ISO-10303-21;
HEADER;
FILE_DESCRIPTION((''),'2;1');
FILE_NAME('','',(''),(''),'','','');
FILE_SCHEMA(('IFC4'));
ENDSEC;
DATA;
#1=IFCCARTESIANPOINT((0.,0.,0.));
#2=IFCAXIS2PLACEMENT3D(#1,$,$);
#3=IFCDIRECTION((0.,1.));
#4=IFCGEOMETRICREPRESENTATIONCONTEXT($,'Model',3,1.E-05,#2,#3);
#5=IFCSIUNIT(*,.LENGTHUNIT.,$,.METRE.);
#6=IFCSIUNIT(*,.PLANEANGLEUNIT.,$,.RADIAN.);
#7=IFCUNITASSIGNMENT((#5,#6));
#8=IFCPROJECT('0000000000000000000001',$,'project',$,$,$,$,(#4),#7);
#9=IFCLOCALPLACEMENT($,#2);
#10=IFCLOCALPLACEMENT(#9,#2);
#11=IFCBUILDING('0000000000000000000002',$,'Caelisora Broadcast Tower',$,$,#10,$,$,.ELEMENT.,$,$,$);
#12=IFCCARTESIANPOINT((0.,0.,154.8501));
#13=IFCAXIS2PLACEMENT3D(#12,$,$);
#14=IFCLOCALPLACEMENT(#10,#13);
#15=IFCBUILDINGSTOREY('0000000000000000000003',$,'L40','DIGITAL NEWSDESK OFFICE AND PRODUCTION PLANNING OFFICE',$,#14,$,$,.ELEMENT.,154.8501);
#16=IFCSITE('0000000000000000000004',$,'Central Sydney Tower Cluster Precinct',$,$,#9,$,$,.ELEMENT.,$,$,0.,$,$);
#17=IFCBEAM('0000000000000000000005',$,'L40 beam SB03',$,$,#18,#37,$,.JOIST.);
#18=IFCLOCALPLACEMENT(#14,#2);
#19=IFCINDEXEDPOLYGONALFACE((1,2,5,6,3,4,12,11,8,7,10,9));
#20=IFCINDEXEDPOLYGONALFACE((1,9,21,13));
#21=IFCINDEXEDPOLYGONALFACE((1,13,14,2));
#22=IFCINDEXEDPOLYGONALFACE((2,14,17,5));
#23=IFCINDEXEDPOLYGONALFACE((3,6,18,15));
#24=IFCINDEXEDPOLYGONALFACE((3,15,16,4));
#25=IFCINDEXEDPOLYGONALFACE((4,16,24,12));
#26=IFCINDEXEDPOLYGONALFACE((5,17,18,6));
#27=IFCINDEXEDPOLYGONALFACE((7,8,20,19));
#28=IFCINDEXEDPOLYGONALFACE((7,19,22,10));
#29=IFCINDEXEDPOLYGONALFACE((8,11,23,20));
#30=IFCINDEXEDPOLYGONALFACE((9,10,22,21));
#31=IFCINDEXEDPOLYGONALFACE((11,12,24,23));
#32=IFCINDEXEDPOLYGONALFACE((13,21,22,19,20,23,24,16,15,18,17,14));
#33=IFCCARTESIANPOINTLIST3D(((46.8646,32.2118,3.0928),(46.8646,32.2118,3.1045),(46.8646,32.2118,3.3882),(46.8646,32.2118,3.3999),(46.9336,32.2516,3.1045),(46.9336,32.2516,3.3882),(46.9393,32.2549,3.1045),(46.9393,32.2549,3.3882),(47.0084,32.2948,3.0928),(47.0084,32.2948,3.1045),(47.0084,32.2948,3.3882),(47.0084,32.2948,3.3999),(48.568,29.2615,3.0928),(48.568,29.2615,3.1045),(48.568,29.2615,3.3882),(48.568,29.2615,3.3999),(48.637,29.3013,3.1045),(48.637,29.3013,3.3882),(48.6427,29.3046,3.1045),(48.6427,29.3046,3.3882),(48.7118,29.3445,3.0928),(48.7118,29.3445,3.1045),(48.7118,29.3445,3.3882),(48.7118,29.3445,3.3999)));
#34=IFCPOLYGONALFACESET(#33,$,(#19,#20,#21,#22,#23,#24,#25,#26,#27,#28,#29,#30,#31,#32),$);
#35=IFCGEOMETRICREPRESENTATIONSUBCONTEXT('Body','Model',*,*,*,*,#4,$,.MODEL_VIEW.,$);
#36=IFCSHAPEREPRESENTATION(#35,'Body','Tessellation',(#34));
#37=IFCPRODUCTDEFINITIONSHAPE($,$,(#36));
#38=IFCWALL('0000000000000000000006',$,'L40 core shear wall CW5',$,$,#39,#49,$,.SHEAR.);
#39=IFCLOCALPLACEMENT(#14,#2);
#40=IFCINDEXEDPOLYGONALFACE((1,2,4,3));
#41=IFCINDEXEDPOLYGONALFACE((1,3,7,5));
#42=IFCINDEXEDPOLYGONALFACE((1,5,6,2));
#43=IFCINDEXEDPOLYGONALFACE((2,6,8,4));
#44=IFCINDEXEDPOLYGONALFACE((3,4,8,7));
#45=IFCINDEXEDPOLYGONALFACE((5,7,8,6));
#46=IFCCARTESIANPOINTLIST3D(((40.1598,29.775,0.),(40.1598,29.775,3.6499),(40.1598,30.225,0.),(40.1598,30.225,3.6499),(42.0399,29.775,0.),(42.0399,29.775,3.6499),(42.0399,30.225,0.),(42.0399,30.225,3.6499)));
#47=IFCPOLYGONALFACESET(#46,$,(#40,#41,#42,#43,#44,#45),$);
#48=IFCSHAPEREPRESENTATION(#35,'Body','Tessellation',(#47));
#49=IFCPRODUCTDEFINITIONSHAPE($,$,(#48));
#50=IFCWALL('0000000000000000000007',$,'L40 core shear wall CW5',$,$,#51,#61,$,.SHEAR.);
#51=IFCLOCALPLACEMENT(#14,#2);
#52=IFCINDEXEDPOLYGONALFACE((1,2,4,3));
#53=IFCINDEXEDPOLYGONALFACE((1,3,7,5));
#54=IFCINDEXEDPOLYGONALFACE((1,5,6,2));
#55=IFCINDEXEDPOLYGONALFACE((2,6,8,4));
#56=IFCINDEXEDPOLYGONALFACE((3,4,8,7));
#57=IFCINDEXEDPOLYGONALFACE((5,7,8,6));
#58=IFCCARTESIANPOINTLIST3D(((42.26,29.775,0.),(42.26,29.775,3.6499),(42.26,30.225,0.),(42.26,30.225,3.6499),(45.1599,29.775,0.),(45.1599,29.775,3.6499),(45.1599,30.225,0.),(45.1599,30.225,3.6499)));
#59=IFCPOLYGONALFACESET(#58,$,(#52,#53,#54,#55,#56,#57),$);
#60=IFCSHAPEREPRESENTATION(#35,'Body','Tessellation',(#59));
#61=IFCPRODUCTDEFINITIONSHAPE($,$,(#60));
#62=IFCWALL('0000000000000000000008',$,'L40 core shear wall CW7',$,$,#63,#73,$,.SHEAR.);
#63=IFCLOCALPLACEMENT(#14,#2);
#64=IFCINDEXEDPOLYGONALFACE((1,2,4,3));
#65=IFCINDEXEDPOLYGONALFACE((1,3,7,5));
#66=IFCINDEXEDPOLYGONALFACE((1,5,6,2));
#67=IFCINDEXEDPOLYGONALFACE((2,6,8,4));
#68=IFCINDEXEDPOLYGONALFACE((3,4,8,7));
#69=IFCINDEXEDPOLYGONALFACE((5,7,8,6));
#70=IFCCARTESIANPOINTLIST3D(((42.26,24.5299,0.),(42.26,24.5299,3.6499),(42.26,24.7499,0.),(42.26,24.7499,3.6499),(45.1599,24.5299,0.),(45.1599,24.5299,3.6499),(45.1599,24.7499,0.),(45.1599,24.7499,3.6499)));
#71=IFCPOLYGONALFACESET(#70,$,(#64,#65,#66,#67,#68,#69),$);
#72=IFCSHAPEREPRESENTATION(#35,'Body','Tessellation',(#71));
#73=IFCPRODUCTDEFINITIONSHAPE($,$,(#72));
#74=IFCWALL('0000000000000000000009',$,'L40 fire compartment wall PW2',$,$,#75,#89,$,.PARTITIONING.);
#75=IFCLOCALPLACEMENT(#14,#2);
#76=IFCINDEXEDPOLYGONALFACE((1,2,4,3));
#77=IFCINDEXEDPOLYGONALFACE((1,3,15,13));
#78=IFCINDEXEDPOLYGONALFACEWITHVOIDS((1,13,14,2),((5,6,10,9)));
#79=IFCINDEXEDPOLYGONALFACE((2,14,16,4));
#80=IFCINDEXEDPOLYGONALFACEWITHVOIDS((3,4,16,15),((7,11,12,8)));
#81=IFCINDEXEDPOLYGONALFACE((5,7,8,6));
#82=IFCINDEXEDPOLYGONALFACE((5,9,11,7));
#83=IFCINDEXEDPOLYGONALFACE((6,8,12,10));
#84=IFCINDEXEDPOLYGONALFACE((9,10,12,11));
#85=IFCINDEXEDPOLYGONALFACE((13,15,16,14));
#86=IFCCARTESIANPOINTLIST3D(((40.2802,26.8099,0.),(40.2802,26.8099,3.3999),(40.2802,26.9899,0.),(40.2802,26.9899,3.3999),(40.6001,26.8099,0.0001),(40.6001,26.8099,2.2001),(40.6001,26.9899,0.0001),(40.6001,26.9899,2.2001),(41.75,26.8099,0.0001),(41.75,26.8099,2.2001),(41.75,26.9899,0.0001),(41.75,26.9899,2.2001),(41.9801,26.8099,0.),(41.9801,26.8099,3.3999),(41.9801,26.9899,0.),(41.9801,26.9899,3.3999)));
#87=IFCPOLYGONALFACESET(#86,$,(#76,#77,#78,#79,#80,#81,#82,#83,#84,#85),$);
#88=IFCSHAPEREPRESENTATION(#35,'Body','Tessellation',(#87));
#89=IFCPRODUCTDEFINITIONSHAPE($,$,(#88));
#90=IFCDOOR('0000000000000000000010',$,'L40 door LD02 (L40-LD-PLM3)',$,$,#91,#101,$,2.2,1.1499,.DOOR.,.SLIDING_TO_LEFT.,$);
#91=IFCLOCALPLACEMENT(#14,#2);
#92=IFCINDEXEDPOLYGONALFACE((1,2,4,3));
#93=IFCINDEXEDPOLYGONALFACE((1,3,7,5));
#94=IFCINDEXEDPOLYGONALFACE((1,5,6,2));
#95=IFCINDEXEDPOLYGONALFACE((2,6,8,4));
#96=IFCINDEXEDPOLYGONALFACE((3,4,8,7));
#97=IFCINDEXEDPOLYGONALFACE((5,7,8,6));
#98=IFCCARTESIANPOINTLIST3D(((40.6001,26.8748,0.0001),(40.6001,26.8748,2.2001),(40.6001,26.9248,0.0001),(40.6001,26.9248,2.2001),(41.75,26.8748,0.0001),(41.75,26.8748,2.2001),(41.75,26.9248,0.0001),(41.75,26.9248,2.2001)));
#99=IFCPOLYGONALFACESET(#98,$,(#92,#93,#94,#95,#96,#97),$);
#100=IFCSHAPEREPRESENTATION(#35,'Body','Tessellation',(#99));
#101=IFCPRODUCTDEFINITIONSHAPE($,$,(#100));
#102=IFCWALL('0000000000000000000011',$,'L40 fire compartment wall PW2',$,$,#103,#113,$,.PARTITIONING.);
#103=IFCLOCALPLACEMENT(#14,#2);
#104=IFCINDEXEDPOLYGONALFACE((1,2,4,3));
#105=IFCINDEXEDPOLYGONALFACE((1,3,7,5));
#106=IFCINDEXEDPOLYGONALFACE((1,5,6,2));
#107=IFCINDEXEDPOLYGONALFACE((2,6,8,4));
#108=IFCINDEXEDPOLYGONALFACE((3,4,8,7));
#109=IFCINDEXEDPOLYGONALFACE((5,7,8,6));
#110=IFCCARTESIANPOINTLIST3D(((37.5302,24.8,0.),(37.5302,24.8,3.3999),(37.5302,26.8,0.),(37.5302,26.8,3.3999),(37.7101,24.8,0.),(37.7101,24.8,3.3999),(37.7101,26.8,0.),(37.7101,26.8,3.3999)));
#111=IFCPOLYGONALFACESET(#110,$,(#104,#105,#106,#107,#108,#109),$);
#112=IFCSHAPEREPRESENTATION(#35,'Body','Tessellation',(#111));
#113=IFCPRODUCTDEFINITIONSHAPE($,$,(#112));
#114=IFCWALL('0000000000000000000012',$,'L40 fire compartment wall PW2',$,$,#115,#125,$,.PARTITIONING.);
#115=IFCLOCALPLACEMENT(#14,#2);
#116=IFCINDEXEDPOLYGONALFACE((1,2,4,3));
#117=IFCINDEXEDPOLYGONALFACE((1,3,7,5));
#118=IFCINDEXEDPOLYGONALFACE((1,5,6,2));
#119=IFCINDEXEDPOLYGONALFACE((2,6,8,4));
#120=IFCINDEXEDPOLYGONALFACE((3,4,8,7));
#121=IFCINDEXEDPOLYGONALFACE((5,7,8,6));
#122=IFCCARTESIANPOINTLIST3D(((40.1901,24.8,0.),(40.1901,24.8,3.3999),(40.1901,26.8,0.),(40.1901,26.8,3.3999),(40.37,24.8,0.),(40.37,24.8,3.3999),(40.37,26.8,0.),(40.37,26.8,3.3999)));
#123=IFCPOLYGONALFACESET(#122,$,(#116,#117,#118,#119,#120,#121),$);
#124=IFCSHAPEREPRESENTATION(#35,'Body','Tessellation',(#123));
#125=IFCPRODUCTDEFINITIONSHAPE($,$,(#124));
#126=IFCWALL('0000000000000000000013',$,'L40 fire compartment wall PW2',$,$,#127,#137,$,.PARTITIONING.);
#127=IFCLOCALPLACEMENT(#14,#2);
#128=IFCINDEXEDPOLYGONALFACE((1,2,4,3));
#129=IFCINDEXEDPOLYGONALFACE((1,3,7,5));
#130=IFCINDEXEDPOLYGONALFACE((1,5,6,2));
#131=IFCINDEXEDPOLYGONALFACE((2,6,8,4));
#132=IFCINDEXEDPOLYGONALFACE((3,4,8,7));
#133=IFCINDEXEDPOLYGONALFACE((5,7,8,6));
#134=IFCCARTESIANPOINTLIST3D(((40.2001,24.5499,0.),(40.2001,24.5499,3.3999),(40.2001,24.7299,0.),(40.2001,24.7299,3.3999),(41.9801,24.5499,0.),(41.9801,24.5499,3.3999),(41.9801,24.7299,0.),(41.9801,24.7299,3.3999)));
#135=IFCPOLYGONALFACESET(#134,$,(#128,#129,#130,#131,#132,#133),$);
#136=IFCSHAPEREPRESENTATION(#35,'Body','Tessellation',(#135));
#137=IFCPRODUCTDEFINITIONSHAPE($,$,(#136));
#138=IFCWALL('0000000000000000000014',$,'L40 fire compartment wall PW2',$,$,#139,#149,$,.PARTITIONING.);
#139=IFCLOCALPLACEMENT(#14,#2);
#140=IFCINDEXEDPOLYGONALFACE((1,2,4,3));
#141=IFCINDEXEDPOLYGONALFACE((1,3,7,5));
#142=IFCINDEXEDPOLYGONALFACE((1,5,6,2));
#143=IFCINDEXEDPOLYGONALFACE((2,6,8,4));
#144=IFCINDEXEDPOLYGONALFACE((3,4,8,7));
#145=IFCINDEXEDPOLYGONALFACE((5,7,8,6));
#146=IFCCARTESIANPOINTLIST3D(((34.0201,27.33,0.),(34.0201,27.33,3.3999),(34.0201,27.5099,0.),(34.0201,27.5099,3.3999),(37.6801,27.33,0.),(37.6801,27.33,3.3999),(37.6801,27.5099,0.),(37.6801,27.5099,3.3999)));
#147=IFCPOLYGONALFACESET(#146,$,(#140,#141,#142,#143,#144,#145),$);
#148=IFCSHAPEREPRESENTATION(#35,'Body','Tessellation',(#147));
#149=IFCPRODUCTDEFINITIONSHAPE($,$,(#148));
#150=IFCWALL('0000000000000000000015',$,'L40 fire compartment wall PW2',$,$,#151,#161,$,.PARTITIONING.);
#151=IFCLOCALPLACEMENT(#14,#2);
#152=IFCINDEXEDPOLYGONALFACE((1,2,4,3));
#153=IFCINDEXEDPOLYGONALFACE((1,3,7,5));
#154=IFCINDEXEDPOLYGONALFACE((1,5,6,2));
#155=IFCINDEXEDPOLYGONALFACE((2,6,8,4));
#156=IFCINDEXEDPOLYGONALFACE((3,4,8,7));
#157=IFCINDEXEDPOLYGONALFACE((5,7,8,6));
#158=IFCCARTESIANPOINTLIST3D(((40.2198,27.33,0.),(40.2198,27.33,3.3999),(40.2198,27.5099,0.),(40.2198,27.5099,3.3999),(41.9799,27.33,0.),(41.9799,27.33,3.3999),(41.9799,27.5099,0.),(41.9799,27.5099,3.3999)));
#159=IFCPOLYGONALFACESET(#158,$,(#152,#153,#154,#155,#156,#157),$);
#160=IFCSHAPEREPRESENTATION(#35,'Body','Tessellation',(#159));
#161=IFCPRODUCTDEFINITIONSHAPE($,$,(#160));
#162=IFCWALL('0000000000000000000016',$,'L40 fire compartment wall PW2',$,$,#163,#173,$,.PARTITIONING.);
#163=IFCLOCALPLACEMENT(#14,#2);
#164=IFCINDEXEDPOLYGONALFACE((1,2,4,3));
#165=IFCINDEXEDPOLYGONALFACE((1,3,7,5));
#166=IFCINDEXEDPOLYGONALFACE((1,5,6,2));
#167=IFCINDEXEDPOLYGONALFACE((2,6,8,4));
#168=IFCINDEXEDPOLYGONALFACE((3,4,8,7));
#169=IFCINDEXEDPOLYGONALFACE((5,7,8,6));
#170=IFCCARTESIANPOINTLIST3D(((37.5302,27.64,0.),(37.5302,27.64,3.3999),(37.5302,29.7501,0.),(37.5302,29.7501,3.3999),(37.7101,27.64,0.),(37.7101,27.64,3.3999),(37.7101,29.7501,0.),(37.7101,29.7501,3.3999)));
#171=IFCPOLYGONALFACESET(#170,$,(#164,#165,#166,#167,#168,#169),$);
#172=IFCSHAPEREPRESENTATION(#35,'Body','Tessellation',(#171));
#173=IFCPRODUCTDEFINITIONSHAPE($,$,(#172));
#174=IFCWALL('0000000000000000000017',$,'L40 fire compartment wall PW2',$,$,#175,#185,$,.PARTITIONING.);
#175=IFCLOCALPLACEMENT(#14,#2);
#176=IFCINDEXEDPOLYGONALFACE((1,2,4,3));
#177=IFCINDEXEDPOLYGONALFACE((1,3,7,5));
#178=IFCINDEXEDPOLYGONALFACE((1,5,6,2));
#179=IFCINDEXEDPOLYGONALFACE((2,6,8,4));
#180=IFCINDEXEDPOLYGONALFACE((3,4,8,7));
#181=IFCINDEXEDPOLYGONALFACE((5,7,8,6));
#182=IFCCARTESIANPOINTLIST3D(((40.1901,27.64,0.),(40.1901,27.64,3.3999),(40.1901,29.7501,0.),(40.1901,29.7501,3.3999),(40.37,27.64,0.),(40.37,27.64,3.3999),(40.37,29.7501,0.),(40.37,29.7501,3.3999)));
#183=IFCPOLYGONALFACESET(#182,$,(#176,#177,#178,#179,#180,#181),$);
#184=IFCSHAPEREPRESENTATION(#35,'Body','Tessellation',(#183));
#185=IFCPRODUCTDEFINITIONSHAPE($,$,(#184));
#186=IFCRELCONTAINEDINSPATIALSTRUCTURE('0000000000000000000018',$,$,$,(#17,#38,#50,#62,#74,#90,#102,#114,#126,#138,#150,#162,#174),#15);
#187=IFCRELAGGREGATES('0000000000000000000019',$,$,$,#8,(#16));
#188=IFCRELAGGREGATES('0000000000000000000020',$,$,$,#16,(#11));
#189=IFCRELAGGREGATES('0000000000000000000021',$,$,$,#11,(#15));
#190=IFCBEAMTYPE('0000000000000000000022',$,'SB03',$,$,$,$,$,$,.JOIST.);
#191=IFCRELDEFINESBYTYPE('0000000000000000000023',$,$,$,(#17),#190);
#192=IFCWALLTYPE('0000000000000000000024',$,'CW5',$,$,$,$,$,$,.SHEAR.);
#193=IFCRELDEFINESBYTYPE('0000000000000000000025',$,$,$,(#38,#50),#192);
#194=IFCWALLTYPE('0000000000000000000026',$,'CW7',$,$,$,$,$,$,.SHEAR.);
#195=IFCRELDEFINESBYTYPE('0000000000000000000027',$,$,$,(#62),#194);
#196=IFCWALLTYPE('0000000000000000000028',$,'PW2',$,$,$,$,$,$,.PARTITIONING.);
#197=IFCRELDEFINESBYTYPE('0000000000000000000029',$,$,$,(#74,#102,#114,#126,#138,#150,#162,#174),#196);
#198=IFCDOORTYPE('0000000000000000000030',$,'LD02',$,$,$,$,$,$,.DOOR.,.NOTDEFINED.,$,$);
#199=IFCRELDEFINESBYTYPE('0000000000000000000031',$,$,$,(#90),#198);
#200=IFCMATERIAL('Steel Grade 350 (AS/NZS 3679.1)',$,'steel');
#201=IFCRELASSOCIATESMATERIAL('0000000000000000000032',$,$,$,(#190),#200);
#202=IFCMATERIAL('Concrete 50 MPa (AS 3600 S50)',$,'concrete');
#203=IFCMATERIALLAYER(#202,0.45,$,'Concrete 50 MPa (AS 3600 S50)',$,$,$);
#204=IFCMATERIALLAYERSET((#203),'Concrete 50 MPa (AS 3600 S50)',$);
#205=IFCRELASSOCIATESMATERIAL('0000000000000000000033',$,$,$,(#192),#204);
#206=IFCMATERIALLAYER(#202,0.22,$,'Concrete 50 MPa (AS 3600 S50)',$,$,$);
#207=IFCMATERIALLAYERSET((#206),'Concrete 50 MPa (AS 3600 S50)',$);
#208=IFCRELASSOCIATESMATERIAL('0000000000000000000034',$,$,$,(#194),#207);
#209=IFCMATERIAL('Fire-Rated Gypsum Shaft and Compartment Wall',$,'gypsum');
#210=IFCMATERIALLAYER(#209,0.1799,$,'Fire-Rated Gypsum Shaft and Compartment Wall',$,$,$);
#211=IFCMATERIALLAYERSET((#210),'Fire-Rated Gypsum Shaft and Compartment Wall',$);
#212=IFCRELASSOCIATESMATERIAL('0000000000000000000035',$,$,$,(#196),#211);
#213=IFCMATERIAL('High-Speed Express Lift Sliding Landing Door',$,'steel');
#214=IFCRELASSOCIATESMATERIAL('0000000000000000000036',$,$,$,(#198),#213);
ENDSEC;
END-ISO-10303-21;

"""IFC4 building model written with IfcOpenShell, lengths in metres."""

from ifc_helpers import new_model, si_unit, direction, frame, frame_2d, origin, origin_2d, place, context, subcontext, project, spatial, rectangle, i_section, extrude, source, transform, mapped, material, layer, layer_set, material_profile, profile_set, type_object, type_shapes, element, fill, save


model = new_model("IFC4")

# Units and contexts
model_context = context("Model", 3, precision=1e-05, world=origin(), true_north=direction((0.0, 1.0)))
body_context = subcontext(model_context, "Body", "Model", "MODEL_VIEW")
ifc_project = project(units=[si_unit("LENGTHUNIT", "METRE"), si_unit("PLANEANGLEUNIT", "RADIAN")], contexts=[model_context])

# Site, building, storey
site_placement = place(None, origin())
site = spatial("IfcSite", under=ifc_project, at=site_placement, Name="Central Sydney Tower Cluster Precinct", CompositionType="ELEMENT", RefElevation=0.0)
building_placement = place(site_placement, origin())
building = spatial("IfcBuilding", under=site, at=building_placement, Name="Caelisora Broadcast Tower", CompositionType="ELEMENT")
storey_placement = place(building_placement, frame((0.0, 0.0, 154.8501)))
storey = spatial("IfcBuildingStorey", under=building, at=storey_placement, Name="L40", Description="DIGITAL NEWSDESK OFFICE AND PRODUCTION PLANNING OFFICE", CompositionType="ELEMENT", Elevation=154.8501)

# Beam
ifc_material_1 = material(Name="Concrete 50 MPa (AS 3600 S50)", Category="concrete")
ifc_material_2 = material(Name="Steel Grade 350 (AS/NZS 3679.1)", Category="steel")
ifc_material_profile_1 = material_profile(ifc_material_2, i_section(OverallWidth=0.166, OverallDepth=0.3071, WebThickness=0.0066, FlangeThickness=0.0117, at=origin_2d()), Name="Steel Grade 350 (AS/NZS 3679.1)")
ifc_profile_set_1 = profile_set([ifc_material_profile_1], Name="Steel Grade 350 (AS/NZS 3679.1)")
beam_type_1 = type_object("IfcBeamType", Name="SB03", PredefinedType="JOIST", material=ifc_profile_set_1)
shared_shape_1 = source(origin(), body_context, "Body", "SweptSolid", [
    extrude(i_section(OverallWidth=0.166, OverallDepth=0.3071, WebThickness=0.0066, FlangeThickness=0.0117, at=origin_2d()), origin(), (0.0, 0.0, 1.0), 3.4067),
])
type_shapes(beam_type_1, [shared_shape_1])
beam_1_placement = place(storey_placement, frame((48.6399, 29.303, 3.2463), z_axis=(-0.500016, 0.866016, 0.0), x_axis=(-0.866016, -0.500016, 0.0)))
element("IfcBeam", 1, at=beam_1_placement, inside=storey, type_object=beam_type_1, Name="L40 beam SB03", PredefinedType="JOIST", context=body_context, shape_type="MappedRepresentation", body=[
    mapped(shared_shape_1, transform((0.0, 0.0, 0.0), scale=1.0)),
])

# Walls
ifc_layer_1 = layer(ifc_material_1, 0.45, Name="Concrete 50 MPa (AS 3600 S50)")
ifc_layer_set_1 = layer_set([ifc_layer_1], Name="Concrete 50 MPa (AS 3600 S50)")
wall_type_1 = type_object("IfcWallType", Name="CW5", PredefinedType="SHEAR", material=ifc_layer_set_1)
wall_1_placement = place(storey_placement, frame((40.1599, 30.0, 0.0), z_axis=(0.0, 0.0, 1.0), x_axis=(1.0, 0.0, 0.0)))
element("IfcWall", 2, at=wall_1_placement, inside=storey, type_object=wall_type_1, Name="L40 core shear wall CW5", PredefinedType="SHEAR", context=body_context, shape_type="SweptSolid", body=[
    extrude(rectangle(XDim=1.8801, YDim=0.45, at=frame_2d((0.9399, 0.0))), origin(), (0.0, 0.0, 1.0), 3.6499),
])
wall_2_placement = place(storey_placement, frame((42.26, 30.0, 0.0), z_axis=(0.0, 0.0, 1.0), x_axis=(1.0, 0.0, 0.0)))
element("IfcWall", 3, at=wall_2_placement, inside=storey, type_object=wall_type_1, Name="L40 core shear wall CW5", PredefinedType="SHEAR", context=body_context, shape_type="SweptSolid", body=[
    extrude(rectangle(XDim=2.8999, YDim=0.45, at=frame_2d((1.45, 0.0))), origin(), (0.0, 0.0, 1.0), 3.6499),
])
ifc_layer_2 = layer(ifc_material_1, 0.22, Name="Concrete 50 MPa (AS 3600 S50)")
ifc_layer_set_2 = layer_set([ifc_layer_2], Name="Concrete 50 MPa (AS 3600 S50)")
wall_type_2 = type_object("IfcWallType", Name="CW7", PredefinedType="SHEAR", material=ifc_layer_set_2)
wall_3_placement = place(storey_placement, frame((42.26, 24.6399, 0.0), z_axis=(0.0, 0.0, 1.0), x_axis=(1.0, 0.0, 0.0)))
element("IfcWall", 4, at=wall_3_placement, inside=storey, type_object=wall_type_2, Name="L40 core shear wall CW7", PredefinedType="SHEAR", context=body_context, shape_type="SweptSolid", body=[
    extrude(rectangle(XDim=2.8999, YDim=0.22, at=frame_2d((1.45, 0.0))), origin(), (0.0, 0.0, 1.0), 3.6499),
])

# Wall, opening, door
ifc_material_3 = material(Name="Fire-Rated Gypsum Shaft and Compartment Wall", Category="gypsum")
ifc_layer_3 = layer(ifc_material_3, 0.1799, Name="Fire-Rated Gypsum Shaft and Compartment Wall")
ifc_layer_set_3 = layer_set([ifc_layer_3], Name="Fire-Rated Gypsum Shaft and Compartment Wall")
wall_type_3 = type_object("IfcWallType", Name="PW2", PredefinedType="PARTITIONING", material=ifc_layer_set_3)
wall_4_placement = place(storey_placement, frame((40.28, 26.8999, 0.0), z_axis=(0.0, 0.0, 1.0), x_axis=(1.0, 0.0, 0.0)))
wall_4 = element("IfcWall", 5, at=wall_4_placement, inside=storey, type_object=wall_type_3, Name="L40 fire compartment wall PW2", PredefinedType="PARTITIONING", context=body_context, shape_type="SweptSolid", body=[
    extrude(rectangle(XDim=1.7, YDim=0.1799, at=frame_2d((0.8501, 0.0))), origin(), (0.0, 0.0, 1.0), 3.3999),
])
opening_placement = place(wall_4_placement, frame((0.3201, 0.0, 0.0)))
opening = element("IfcOpeningElement", 6, at=opening_placement, cuts=wall_4, PredefinedType="OPENING", context=body_context, shape_type="SweptSolid", body=[
    extrude(rectangle(XDim=1.1499, YDim=2.2, at=frame_2d((0.575, 1.1001))), frame((0.0, 0.1021, 0.0), z_axis=(0.0, -1.0, 0.0), x_axis=(1.0, 0.0, 0.0)), (0.0, 0.0, 1.0), 0.2039),
])
ifc_material_4 = material(Name="High-Speed Express Lift Sliding Landing Door", Category="steel")
door_type = type_object("IfcDoorType", Name="LD02", OperationType="NOTDEFINED", PredefinedType="DOOR", material=ifc_material_4)
door_placement = place(opening_placement, origin())
door = element("IfcDoor", 7, at=door_placement, inside=storey, type_object=door_type, Name="L40 door LD02 (L40-LD-PLM3)", OperationType="SLIDING_TO_LEFT", OverallHeight=2.2, OverallWidth=1.1499, PredefinedType="DOOR", context=body_context, shape_type="SweptSolid", body=[
    extrude(rectangle(XDim=1.1499, YDim=2.2, at=frame_2d((0.575, 1.1001))), frame((0.0, 0.0249, 0.0), z_axis=(0.0, -1.0, 0.0), x_axis=(1.0, 0.0, 0.0)), (0.0, 0.0, 1.0), 0.05),
])
fill(opening, door)

# Walls
for number, where, z_axis, x_axis, name in (
    (8, (37.6201, 24.8, 0.0), (0.0, 0.0, 1.0), (0.0, 1.0, 0.0), "L40 fire compartment wall PW2"),
    (9, (40.28, 24.8, 0.0), (0.0, 0.0, 1.0), (0.0, 1.0, 0.0), "L40 fire compartment wall PW2"),
):
    element("IfcWall", number, at=place(storey_placement, frame(where, z_axis=z_axis, x_axis=x_axis)), inside=storey, type_object=wall_type_3, Name=name, PredefinedType="PARTITIONING", context=body_context, shape_type="SweptSolid", body=[
        extrude(rectangle(XDim=2.0, YDim=0.1799, at=frame_2d((1.0, 0.0))), origin(), (0.0, 0.0, 1.0), 3.3999),
    ])
wall_5_placement = place(storey_placement, frame((40.2, 24.6399, 0.0), z_axis=(0.0, 0.0, 1.0), x_axis=(1.0, 0.0, 0.0)))
element("IfcWall", 10, at=wall_5_placement, inside=storey, type_object=wall_type_3, Name="L40 fire compartment wall PW2", PredefinedType="PARTITIONING", context=body_context, shape_type="SweptSolid", body=[
    extrude(rectangle(XDim=1.78, YDim=0.1799, at=frame_2d((0.8901, 0.0))), origin(), (0.0, 0.0, 1.0), 3.3999),
])
wall_6_placement = place(storey_placement, frame((34.02, 27.4199, 0.0), z_axis=(0.0, 0.0, 1.0), x_axis=(1.0, 0.0, 0.0)))
element("IfcWall", 11, at=wall_6_placement, inside=storey, type_object=wall_type_3, Name="L40 fire compartment wall PW2", PredefinedType="PARTITIONING", context=body_context, shape_type="SweptSolid", body=[
    extrude(rectangle(XDim=3.6599, YDim=0.1799, at=frame_2d((1.8301, 0.0))), origin(), (0.0, 0.0, 1.0), 3.3999),
])
wall_7_placement = place(storey_placement, frame((40.22, 27.4199, 0.0), z_axis=(0.0, 0.0, 1.0), x_axis=(1.0, 0.0, 0.0)))
element("IfcWall", 12, at=wall_7_placement, inside=storey, type_object=wall_type_3, Name="L40 fire compartment wall PW2", PredefinedType="PARTITIONING", context=body_context, shape_type="SweptSolid", body=[
    extrude(rectangle(XDim=1.76, YDim=0.1799, at=frame_2d((0.8799, 0.0))), origin(), (0.0, 0.0, 1.0), 3.3999),
])
for number, where, z_axis, x_axis, name in (
    (13, (37.6201, 27.6399, 0.0), (0.0, 0.0, 1.0), (0.0, 1.0, 0.0), "L40 fire compartment wall PW2"),
    (14, (40.28, 27.6399, 0.0), (0.0, 0.0, 1.0), (0.0, 1.0, 0.0), "L40 fire compartment wall PW2"),
):
    element("IfcWall", number, at=place(storey_placement, frame(where, z_axis=z_axis, x_axis=x_axis)), inside=storey, type_object=wall_type_3, Name=name, PredefinedType="PARTITIONING", context=body_context, shape_type="SweptSolid", body=[
        extrude(rectangle(XDim=2.1101, YDim=0.1799, at=frame_2d((1.0552, 0.0))), origin(), (0.0, 0.0, 1.0), 3.3999),
    ])

save(model, "model.ifc")
